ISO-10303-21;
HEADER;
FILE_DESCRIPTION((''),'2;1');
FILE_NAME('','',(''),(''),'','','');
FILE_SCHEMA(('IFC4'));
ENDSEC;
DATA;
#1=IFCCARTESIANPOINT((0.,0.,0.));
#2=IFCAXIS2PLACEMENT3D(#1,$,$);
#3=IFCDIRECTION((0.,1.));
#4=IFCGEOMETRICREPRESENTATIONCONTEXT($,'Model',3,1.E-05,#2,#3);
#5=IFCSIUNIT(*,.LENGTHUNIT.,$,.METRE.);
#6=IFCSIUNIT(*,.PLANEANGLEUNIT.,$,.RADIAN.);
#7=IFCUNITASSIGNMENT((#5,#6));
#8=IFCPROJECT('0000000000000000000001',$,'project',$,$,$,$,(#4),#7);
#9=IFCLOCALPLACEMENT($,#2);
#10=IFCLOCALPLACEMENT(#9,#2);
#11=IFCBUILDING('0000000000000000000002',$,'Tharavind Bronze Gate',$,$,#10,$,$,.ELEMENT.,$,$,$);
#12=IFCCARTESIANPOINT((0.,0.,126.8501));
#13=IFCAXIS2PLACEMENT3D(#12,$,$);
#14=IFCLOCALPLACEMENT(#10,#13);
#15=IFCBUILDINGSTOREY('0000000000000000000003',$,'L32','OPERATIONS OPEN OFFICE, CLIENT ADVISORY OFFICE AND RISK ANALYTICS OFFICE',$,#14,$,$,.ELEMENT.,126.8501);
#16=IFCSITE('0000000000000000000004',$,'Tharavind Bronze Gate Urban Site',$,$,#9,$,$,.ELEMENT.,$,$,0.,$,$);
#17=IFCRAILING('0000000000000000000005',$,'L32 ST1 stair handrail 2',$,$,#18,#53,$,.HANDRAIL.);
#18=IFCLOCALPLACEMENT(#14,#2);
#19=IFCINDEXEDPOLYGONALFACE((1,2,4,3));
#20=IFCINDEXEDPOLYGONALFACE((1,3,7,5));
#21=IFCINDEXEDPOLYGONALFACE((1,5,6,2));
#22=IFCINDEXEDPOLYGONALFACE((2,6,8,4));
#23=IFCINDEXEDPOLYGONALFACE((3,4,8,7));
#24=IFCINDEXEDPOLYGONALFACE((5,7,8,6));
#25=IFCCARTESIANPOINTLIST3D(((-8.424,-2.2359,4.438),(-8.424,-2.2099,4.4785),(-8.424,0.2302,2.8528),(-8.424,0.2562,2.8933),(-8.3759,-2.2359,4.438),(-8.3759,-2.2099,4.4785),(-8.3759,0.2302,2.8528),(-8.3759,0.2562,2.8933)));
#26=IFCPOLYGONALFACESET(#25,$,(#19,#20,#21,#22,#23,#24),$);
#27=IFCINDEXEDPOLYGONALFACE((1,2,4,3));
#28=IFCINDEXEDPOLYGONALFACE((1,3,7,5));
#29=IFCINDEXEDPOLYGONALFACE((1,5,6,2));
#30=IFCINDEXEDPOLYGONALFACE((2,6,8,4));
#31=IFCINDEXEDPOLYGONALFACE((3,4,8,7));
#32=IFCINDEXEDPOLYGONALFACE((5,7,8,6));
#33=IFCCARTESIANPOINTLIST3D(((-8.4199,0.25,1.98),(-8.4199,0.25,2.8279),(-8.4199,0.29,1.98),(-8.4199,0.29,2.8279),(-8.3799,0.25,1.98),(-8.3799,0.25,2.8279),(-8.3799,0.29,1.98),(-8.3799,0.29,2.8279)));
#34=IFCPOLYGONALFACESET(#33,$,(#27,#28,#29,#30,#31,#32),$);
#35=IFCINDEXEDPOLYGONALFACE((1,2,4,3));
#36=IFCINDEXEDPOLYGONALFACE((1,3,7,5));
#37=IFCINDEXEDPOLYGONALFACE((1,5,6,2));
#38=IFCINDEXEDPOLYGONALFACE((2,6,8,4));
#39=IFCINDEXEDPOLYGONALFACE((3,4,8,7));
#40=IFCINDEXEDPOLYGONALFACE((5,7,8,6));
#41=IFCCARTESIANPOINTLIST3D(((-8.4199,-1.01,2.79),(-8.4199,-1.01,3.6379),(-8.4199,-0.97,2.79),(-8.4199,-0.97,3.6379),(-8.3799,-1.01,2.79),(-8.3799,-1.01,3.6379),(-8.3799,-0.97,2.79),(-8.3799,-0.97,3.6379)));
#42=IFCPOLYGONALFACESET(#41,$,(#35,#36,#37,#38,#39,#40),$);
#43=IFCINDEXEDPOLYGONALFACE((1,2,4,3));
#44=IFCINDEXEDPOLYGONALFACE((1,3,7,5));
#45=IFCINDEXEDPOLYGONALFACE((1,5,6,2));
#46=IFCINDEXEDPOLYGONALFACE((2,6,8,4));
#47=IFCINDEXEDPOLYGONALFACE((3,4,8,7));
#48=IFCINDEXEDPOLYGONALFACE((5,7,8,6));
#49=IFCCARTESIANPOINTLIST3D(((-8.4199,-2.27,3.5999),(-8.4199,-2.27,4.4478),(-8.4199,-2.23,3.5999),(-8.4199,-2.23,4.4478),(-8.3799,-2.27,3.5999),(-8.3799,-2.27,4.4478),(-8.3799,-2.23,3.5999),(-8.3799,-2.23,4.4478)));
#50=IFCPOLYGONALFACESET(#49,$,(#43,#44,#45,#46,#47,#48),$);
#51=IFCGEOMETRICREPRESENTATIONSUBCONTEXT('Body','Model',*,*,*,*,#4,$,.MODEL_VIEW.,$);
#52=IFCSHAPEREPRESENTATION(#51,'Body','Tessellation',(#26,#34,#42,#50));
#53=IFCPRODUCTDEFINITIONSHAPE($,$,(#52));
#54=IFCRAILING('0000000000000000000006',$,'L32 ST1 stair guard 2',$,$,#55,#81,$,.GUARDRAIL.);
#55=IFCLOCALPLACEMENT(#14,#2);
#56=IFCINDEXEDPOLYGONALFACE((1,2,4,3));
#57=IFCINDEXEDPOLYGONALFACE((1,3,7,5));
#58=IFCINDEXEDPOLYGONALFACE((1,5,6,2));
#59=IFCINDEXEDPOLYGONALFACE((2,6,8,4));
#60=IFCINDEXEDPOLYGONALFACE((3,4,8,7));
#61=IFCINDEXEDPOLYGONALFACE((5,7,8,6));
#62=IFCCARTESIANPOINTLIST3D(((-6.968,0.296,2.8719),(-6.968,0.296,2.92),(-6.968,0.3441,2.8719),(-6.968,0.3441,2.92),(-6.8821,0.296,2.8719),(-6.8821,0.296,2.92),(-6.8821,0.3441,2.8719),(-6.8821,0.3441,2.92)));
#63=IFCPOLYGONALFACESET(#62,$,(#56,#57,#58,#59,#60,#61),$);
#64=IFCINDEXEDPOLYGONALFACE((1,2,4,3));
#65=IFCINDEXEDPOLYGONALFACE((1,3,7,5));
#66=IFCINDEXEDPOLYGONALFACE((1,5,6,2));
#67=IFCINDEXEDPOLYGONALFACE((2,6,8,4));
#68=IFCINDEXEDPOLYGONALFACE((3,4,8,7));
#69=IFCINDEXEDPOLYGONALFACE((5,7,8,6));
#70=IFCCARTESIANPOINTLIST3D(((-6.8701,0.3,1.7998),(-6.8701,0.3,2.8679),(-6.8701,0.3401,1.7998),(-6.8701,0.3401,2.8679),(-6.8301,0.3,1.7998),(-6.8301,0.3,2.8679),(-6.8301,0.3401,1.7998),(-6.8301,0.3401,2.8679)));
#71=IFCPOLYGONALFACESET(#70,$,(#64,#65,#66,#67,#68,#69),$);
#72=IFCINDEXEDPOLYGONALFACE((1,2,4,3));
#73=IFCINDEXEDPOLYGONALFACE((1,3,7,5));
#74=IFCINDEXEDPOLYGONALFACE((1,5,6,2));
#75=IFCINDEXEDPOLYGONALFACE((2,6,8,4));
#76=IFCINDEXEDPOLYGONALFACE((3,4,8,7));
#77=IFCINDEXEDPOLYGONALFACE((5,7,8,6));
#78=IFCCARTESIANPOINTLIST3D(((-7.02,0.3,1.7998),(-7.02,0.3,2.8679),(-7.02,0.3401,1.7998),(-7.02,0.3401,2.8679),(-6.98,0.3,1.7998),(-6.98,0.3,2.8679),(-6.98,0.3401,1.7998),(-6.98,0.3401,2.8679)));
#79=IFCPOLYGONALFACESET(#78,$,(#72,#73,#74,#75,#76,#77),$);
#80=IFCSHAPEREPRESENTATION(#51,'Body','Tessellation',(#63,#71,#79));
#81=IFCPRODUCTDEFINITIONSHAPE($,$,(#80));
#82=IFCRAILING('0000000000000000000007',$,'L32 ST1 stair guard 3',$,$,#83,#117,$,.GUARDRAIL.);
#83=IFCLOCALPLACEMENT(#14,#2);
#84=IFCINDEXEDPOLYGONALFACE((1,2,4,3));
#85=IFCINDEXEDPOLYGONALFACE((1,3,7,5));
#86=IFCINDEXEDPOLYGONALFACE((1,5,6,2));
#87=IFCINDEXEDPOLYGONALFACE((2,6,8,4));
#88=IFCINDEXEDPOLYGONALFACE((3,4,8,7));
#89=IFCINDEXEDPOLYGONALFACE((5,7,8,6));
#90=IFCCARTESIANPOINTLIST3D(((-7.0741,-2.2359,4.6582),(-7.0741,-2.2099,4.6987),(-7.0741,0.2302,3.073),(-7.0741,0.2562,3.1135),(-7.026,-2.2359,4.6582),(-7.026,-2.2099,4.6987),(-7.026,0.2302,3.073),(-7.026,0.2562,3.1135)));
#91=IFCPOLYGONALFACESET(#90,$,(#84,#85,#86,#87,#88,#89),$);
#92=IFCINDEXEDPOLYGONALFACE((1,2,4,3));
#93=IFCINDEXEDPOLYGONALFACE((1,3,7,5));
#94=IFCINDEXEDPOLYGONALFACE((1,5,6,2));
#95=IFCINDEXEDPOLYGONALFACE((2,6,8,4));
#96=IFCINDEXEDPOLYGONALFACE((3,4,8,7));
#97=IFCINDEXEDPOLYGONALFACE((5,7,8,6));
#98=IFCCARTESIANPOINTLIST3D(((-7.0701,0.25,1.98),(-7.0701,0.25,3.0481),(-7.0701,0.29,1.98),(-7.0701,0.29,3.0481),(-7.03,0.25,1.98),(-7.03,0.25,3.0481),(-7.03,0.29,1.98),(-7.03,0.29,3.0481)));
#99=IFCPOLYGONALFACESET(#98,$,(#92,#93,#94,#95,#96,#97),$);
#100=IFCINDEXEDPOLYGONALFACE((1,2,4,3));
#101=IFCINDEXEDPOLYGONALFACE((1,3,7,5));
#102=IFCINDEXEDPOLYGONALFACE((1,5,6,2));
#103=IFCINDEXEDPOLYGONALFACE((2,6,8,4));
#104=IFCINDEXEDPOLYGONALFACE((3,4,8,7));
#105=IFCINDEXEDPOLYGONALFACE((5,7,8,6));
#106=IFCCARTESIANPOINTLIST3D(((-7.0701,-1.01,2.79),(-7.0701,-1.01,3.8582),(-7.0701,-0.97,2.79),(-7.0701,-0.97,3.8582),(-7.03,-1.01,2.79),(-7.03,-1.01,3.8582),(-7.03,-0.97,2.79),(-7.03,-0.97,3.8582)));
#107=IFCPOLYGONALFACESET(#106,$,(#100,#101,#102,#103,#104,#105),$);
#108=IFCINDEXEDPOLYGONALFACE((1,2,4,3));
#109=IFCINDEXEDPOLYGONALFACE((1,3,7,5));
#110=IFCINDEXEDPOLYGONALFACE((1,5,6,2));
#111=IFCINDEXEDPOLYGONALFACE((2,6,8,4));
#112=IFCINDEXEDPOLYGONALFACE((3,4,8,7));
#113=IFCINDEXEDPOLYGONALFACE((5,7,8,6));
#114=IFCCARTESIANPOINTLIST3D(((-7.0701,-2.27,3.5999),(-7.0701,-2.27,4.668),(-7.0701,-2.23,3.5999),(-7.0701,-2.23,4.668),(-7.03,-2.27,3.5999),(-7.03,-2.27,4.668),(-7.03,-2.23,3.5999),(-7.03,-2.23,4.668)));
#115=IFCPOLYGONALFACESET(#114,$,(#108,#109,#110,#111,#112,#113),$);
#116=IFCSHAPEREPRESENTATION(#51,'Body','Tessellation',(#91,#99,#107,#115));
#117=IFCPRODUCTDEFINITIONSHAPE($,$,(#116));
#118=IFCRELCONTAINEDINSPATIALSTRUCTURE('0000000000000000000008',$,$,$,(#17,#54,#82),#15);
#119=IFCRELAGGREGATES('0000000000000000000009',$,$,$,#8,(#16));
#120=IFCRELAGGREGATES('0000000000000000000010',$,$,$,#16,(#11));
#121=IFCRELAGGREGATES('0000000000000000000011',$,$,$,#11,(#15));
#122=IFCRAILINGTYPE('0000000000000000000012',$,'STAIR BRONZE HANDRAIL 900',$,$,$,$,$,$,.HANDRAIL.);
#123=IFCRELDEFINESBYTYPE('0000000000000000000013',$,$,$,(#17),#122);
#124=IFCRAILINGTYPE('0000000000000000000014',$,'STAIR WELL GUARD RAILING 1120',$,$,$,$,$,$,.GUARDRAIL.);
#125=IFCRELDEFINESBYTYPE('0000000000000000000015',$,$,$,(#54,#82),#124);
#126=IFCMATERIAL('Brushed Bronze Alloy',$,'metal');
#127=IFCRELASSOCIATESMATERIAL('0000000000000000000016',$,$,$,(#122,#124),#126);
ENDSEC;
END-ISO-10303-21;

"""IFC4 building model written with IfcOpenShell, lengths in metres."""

from ifc_helpers import new_model, si_unit, direction, frame, origin, origin_2d, place, context, subcontext, project, spatial, rectangle, extrude, material, type_object, element, save


model = new_model("IFC4")

# Units and contexts
model_context = context("Model", 3, precision=1e-05, world=origin(), true_north=direction((0.0, 1.0)))
body_context = subcontext(model_context, "Body", "Model", "MODEL_VIEW")
ifc_project = project(units=[si_unit("LENGTHUNIT", "METRE"), si_unit("PLANEANGLEUNIT", "RADIAN")], contexts=[model_context])

# Site, building, storey
site_placement = place(None, origin())
site = spatial("IfcSite", under=ifc_project, at=site_placement, Name="Tharavind Bronze Gate Urban Site", CompositionType="ELEMENT", RefElevation=0.0)
building_placement = place(site_placement, origin())
building = spatial("IfcBuilding", under=site, at=building_placement, Name="Tharavind Bronze Gate", CompositionType="ELEMENT")
storey_placement = place(building_placement, frame((0.0, 0.0, 126.8501)))
storey = spatial("IfcBuildingStorey", under=building, at=storey_placement, Name="L32", Description="OPERATIONS OPEN OFFICE, CLIENT ADVISORY OFFICE AND RISK ANALYTICS OFFICE", CompositionType="ELEMENT", Elevation=126.8501)

# Railings
ifc_material_1 = material(Name="Brushed Bronze Alloy", Category="metal")
railing_type_1 = type_object("IfcRailingType", Name="STAIR BRONZE HANDRAIL 900", PredefinedType="HANDRAIL", material=ifc_material_1)
railing_1_placement = place(storey_placement, frame((-8.3999, 0.27, 1.98)))
element("IfcRailing", 1, at=railing_1_placement, inside=storey, type_object=railing_type_1, Name="L32 ST1 stair handrail 2", PredefinedType="HANDRAIL", context=body_context, shape_type="SweptSolid", body=[
    extrude(rectangle(XDim=0.0481, YDim=0.0481, at=origin_2d()), frame((0.0, -0.0269, 0.8931), z_axis=(0.0, -0.8412, 0.540725), x_axis=(1.0, 0.0, 0.0)), (0.0, 0.0, 1.0), 2.9316),
    extrude(rectangle(XDim=0.04, YDim=0.04, at=origin_2d()), origin(), (0.0, 0.0, 1.0), 0.8479),
    extrude(rectangle(XDim=0.04, YDim=0.04, at=origin_2d()), frame((0.0, -1.26, 0.8101)), (0.0, 0.0, 1.0), 0.8479),
    extrude(rectangle(XDim=0.04, YDim=0.04, at=origin_2d()), frame((0.0, -2.52, 1.6199)), (0.0, 0.0, 1.0), 0.8479),
])
railing_type_2 = type_object("IfcRailingType", Name="STAIR WELL GUARD RAILING 1120", PredefinedType="GUARDRAIL", material=ifc_material_1)
railing_2_placement = place(storey_placement, frame((-6.8501, 0.3201, 1.7998)))
element("IfcRailing", 2, at=railing_2_placement, inside=storey, type_object=railing_type_2, Name="L32 ST1 stair guard 2", PredefinedType="GUARDRAIL", context=body_context, shape_type="SweptSolid", body=[
    extrude(rectangle(XDim=0.0481, YDim=0.0481, at=origin_2d()), frame((-0.032, 0.0, 1.0962), z_axis=(-1.0, 0.0, 0.0), x_axis=(0.0, -1.0, 0.0)), (0.0, 0.0, 1.0), 0.0859),
    extrude(rectangle(XDim=0.04, YDim=0.04, at=origin_2d()), origin(), (0.0, 0.0, 1.0), 1.0681),
    extrude(rectangle(XDim=0.04, YDim=0.04, at=origin_2d()), frame((-0.1499, 0.0, 0.0)), (0.0, 0.0, 1.0), 1.0681),
])
railing_3_placement = place(storey_placement, frame((-7.05, 0.27, 1.98)))
element("IfcRailing", 3, at=railing_3_placement, inside=storey, type_object=railing_type_2, Name="L32 ST1 stair guard 3", PredefinedType="GUARDRAIL", context=body_context, shape_type="SweptSolid", body=[
    extrude(rectangle(XDim=0.0481, YDim=0.0481, at=origin_2d()), frame((0.0, -0.0269, 1.1133), z_axis=(0.0, -0.8412, 0.540725), x_axis=(1.0, 0.0, 0.0)), (0.0, 0.0, 1.0), 2.9316),
    extrude(rectangle(XDim=0.04, YDim=0.04, at=origin_2d()), origin(), (0.0, 0.0, 1.0), 1.0681),
    extrude(rectangle(XDim=0.04, YDim=0.04, at=origin_2d()), frame((0.0, -1.26, 0.8101)), (0.0, 0.0, 1.0), 1.0681),
    extrude(rectangle(XDim=0.04, YDim=0.04, at=origin_2d()), frame((0.0, -2.52, 1.6199)), (0.0, 0.0, 1.0), 1.0681),
])

save(model, "model.ifc")
